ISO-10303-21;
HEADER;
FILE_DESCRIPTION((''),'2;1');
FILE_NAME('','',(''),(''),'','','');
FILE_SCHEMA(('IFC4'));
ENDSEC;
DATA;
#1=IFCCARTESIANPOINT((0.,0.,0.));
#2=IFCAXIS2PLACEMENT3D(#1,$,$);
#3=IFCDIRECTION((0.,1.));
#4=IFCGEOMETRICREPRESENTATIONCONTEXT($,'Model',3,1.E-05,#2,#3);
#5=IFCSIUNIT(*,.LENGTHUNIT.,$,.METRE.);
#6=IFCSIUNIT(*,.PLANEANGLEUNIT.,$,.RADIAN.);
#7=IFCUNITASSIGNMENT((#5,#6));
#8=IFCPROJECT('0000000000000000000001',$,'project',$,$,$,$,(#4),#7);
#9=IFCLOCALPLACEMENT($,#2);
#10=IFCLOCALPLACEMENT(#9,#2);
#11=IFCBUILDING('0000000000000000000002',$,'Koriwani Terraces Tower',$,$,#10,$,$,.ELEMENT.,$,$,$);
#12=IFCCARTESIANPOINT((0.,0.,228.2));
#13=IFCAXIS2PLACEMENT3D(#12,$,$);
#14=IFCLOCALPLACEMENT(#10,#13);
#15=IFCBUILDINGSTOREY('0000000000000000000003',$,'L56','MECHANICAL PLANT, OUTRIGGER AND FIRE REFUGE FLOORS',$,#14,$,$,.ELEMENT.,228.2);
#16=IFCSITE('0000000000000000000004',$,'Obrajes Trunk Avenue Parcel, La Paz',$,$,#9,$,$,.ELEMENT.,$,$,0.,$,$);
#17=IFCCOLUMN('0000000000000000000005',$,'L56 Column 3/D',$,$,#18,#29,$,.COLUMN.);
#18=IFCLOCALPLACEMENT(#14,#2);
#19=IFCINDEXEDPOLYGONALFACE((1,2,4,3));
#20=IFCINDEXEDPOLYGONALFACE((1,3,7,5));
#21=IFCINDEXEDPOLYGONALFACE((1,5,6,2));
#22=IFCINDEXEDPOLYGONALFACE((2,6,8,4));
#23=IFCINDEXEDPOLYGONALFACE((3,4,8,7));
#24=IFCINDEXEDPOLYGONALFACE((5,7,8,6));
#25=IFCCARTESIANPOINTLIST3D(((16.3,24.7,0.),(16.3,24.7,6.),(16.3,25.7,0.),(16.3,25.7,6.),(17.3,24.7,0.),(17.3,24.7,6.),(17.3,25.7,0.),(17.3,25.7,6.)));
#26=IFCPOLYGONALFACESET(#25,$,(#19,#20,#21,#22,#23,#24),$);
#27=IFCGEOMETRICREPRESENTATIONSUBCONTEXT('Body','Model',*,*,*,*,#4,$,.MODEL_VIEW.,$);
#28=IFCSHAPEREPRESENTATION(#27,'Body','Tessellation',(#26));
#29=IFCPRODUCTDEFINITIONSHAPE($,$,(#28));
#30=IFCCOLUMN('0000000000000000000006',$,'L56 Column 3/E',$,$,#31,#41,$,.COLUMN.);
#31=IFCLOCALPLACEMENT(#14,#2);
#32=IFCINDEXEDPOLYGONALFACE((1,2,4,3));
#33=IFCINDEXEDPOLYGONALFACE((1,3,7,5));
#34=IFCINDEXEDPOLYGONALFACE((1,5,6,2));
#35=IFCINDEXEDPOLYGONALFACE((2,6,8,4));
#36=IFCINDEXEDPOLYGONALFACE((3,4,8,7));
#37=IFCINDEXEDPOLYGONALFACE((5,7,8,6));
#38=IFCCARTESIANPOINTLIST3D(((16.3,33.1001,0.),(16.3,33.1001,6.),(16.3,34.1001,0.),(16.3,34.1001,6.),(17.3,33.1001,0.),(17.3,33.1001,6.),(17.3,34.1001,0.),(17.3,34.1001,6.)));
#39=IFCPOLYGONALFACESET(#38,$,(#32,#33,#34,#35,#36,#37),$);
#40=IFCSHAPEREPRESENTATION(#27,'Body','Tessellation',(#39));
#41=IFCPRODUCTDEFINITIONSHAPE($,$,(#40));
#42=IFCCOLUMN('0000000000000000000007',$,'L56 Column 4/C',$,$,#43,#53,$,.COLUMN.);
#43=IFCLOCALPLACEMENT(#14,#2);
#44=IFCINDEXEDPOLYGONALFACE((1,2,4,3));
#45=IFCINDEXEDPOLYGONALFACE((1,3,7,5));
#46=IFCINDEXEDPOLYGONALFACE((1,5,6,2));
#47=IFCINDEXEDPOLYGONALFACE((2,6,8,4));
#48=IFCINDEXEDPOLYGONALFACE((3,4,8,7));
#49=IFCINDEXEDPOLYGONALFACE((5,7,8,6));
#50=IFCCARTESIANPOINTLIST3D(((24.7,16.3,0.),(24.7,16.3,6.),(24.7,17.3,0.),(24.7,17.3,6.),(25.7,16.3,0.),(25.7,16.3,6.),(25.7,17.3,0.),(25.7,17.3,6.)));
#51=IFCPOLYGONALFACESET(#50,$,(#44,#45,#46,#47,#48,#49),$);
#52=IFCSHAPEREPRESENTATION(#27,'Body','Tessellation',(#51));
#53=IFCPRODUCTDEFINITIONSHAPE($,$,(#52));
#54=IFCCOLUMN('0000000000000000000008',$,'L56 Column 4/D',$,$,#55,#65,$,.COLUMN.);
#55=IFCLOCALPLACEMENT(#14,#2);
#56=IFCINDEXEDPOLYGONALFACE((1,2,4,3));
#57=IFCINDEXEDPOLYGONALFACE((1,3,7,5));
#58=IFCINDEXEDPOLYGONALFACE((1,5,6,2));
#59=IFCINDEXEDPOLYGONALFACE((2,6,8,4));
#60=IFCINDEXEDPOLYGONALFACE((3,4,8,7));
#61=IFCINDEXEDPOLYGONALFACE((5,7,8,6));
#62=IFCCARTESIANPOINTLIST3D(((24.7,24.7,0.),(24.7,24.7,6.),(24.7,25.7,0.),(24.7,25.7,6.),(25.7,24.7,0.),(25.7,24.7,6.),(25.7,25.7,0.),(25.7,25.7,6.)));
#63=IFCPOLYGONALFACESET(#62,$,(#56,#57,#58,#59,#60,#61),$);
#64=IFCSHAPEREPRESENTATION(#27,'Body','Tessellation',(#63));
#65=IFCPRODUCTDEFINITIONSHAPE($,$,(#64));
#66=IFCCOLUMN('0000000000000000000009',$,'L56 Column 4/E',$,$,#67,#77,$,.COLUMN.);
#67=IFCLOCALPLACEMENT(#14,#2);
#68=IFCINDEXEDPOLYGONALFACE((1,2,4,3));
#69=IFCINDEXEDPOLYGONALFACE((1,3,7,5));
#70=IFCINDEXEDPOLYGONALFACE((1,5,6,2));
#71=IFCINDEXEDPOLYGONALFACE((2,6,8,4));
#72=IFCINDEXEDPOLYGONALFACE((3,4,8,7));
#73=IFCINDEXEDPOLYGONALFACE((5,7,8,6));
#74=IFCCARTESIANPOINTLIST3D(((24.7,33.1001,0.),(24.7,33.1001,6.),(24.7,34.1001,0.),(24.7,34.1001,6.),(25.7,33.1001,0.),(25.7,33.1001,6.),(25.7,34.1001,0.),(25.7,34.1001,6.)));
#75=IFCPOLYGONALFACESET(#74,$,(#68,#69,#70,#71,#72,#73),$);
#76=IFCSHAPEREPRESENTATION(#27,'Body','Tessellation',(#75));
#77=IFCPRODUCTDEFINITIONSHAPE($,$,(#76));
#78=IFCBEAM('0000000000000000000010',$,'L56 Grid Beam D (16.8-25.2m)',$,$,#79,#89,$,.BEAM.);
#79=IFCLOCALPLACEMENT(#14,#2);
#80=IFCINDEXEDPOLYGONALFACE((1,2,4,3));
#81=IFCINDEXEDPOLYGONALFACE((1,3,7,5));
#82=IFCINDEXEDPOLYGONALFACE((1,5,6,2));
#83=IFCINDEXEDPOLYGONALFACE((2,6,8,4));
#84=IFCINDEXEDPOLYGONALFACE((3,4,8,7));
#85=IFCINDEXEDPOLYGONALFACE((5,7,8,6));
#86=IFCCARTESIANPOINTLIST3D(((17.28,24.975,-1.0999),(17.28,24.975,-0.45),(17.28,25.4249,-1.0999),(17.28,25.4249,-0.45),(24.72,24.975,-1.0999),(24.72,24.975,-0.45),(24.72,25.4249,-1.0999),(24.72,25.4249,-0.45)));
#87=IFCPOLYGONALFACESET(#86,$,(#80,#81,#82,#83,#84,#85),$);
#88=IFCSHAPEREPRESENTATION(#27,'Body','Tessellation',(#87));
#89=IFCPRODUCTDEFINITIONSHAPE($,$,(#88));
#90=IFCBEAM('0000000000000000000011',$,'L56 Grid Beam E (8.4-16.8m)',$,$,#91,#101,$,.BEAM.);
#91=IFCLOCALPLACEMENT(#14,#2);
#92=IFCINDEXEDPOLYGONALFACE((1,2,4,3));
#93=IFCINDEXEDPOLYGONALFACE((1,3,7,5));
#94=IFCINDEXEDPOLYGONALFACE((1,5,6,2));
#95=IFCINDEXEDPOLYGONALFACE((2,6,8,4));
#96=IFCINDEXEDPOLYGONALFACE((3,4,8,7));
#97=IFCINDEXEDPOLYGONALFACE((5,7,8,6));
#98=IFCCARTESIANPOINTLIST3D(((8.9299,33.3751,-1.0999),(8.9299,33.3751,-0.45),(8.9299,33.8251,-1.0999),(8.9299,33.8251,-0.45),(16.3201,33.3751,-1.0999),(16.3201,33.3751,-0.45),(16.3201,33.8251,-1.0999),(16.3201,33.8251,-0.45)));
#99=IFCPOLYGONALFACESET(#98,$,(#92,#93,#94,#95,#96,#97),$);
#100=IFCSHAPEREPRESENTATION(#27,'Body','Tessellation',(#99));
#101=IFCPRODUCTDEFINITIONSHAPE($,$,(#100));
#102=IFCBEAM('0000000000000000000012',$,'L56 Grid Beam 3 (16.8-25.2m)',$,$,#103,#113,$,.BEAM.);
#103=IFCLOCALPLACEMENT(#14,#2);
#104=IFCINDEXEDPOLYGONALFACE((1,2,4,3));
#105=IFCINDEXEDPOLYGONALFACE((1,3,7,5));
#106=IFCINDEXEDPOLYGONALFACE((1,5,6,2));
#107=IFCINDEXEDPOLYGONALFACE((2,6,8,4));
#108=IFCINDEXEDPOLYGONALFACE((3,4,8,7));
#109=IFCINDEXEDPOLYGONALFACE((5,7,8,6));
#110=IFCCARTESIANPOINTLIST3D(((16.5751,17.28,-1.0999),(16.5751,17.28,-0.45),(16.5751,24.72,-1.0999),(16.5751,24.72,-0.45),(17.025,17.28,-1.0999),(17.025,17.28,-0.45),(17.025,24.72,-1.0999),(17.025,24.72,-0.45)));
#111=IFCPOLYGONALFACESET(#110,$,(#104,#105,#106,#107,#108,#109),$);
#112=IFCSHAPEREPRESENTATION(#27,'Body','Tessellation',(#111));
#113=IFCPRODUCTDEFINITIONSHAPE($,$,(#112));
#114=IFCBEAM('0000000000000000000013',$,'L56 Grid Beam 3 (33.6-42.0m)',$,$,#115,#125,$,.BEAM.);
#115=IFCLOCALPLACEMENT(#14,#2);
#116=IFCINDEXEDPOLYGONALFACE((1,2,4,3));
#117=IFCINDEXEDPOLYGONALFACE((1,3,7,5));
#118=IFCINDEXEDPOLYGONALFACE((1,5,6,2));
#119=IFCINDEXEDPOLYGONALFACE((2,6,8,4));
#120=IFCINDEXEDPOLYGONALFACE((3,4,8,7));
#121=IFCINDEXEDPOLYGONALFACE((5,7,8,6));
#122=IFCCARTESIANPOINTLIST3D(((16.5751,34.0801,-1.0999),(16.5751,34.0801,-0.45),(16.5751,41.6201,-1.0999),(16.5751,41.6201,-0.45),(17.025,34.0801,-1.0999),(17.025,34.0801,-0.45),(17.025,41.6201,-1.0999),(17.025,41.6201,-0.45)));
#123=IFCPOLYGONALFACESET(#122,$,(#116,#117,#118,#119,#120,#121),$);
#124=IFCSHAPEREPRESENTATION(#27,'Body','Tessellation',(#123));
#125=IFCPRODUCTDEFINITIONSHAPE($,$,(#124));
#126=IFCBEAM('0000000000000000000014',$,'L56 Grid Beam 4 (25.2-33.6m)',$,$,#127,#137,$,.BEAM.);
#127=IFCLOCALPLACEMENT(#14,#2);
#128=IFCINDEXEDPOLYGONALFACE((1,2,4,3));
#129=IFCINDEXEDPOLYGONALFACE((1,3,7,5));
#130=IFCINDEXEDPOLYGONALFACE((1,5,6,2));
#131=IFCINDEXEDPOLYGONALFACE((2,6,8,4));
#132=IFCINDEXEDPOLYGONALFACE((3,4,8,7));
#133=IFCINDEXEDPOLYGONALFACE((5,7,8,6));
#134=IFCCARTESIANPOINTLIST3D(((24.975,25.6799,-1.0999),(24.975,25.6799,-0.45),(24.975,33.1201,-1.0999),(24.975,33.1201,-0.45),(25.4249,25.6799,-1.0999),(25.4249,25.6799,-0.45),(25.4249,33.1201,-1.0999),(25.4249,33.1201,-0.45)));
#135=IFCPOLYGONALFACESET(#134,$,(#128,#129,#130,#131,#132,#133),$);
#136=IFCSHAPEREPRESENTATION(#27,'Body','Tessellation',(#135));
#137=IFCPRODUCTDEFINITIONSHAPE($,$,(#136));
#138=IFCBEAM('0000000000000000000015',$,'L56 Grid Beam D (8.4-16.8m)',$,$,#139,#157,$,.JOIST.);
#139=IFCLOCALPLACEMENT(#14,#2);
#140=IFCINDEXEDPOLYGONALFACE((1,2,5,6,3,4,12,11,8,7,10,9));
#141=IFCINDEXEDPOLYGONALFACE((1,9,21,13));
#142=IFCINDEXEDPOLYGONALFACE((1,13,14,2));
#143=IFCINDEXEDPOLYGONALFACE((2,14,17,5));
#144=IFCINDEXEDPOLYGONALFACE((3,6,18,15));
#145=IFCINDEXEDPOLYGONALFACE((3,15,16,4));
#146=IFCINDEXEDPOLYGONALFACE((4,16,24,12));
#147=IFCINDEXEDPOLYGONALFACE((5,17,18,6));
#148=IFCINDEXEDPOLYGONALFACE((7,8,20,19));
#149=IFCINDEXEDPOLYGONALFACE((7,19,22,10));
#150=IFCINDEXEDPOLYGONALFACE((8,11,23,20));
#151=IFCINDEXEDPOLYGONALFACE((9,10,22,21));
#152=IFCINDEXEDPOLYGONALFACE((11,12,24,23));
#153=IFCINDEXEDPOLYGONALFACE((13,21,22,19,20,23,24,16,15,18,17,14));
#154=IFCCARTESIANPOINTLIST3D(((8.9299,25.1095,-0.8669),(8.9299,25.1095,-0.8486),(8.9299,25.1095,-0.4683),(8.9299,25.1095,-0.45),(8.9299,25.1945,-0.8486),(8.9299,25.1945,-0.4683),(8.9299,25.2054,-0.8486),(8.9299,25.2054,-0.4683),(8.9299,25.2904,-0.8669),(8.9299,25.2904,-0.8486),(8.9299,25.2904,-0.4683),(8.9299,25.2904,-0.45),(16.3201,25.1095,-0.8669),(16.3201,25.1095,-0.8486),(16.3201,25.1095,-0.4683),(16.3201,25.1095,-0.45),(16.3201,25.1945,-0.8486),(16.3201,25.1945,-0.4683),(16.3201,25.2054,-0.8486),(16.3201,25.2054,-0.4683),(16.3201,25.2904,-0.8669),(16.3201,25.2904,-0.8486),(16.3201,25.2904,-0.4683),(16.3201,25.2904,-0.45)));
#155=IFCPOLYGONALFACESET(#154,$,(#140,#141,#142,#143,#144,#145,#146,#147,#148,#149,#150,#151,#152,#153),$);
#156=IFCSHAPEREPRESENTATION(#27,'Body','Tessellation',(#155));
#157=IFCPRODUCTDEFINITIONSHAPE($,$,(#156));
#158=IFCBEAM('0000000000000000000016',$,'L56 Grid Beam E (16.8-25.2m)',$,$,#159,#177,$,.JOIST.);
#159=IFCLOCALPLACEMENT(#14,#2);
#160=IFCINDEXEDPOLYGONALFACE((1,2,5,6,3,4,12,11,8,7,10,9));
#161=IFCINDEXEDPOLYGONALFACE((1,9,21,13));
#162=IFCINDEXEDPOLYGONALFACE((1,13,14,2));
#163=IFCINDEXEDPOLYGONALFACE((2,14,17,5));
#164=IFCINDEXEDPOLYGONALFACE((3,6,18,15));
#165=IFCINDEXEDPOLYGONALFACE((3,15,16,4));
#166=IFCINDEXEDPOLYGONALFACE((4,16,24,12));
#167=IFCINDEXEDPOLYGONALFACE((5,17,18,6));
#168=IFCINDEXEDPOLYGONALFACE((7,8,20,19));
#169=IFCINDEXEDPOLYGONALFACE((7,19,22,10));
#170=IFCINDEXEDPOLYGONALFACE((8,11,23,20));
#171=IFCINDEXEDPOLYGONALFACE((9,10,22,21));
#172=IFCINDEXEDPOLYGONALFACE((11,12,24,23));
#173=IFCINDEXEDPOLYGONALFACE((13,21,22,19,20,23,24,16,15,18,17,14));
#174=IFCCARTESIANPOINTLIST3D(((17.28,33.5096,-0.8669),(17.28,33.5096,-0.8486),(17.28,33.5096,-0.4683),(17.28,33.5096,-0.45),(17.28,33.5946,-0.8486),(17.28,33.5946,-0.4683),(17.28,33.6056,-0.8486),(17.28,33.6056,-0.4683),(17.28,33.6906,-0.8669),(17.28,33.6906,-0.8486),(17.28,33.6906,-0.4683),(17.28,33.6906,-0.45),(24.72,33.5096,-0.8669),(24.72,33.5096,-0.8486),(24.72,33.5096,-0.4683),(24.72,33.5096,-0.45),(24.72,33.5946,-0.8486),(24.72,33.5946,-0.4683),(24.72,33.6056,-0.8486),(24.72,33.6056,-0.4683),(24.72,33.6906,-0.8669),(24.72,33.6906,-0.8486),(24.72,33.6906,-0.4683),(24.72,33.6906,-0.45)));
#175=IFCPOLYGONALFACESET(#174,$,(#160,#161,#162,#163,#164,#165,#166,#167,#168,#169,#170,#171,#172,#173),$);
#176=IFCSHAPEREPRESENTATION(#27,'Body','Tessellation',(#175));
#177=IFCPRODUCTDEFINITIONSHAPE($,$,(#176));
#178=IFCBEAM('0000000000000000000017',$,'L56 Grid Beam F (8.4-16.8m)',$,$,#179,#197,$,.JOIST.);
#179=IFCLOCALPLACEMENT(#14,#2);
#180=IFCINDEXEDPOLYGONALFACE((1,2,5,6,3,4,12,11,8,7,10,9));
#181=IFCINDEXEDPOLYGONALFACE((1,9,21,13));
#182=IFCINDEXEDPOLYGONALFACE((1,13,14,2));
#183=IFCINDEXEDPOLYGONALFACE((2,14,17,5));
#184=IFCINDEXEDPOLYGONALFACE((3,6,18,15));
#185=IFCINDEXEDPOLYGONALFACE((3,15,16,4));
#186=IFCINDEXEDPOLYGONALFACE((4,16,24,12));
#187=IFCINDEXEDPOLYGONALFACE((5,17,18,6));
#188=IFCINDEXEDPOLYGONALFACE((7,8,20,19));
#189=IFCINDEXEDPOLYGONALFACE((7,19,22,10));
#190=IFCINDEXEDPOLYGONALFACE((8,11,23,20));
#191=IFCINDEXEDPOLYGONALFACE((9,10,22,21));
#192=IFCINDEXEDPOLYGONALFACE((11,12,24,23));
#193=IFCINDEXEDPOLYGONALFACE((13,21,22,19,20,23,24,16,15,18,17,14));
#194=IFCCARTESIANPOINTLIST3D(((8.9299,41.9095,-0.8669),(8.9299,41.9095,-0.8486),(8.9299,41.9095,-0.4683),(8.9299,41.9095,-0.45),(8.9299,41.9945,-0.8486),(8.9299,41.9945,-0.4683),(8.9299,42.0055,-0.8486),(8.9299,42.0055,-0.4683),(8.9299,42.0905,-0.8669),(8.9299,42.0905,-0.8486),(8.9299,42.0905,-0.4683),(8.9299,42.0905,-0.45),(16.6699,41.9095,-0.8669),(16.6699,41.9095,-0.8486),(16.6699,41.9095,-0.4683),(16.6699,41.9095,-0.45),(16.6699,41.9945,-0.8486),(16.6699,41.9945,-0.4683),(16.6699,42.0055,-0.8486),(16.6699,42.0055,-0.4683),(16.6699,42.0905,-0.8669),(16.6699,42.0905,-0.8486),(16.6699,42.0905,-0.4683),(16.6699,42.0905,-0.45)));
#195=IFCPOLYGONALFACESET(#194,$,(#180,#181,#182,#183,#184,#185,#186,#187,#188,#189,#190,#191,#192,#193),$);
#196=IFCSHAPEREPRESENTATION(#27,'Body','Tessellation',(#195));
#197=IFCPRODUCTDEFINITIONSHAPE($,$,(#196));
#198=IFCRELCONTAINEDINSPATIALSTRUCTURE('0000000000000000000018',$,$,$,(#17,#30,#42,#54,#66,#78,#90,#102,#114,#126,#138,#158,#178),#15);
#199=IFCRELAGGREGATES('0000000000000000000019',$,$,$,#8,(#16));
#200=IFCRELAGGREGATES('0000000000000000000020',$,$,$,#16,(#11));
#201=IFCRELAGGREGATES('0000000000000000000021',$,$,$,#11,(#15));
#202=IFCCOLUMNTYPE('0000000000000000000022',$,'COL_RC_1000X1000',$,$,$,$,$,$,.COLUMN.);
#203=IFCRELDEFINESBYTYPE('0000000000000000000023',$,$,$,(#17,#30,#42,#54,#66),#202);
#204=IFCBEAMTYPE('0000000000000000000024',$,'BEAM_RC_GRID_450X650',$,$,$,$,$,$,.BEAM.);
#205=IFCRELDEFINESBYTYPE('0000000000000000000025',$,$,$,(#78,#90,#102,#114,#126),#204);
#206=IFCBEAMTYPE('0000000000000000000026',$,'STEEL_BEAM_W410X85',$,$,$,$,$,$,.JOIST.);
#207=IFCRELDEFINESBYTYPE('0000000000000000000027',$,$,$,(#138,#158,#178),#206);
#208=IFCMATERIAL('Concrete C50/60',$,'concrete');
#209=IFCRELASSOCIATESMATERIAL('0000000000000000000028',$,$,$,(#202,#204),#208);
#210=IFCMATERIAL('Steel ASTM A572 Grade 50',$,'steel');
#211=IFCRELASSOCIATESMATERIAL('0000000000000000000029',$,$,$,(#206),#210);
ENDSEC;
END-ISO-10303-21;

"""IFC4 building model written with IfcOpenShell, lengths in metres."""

from ifc_helpers import new_model, si_unit, direction, frame, origin, origin_2d, place, context, subcontext, project, spatial, rectangle, i_section, extrude, material, material_profile, profile_set, type_object, element, save


model = new_model("IFC4")

# Units and contexts
model_context = context("Model", 3, precision=1e-05, world=origin(), true_north=direction((0.0, 1.0)))
body_context = subcontext(model_context, "Body", "Model", "MODEL_VIEW")
ifc_project = project(units=[si_unit("LENGTHUNIT", "METRE"), si_unit("PLANEANGLEUNIT", "RADIAN")], contexts=[model_context])

# Site, building, storey
site_placement = place(None, origin())
site = spatial("IfcSite", under=ifc_project, at=site_placement, Name="Obrajes Trunk Avenue Parcel, La Paz", CompositionType="ELEMENT", RefElevation=0.0)
building_placement = place(site_placement, origin())
building = spatial("IfcBuilding", under=site, at=building_placement, Name="Koriwani Terraces Tower", CompositionType="ELEMENT")
storey_placement = place(building_placement, frame((0.0, 0.0, 228.2)))
storey = spatial("IfcBuildingStorey", under=building, at=storey_placement, Name="L56", Description="MECHANICAL PLANT, OUTRIGGER AND FIRE REFUGE FLOORS", CompositionType="ELEMENT", Elevation=228.2)

# Columns
ifc_material_1 = material(Name="Concrete C50/60", Category="concrete")
ifc_material_profile_1 = material_profile(ifc_material_1, rectangle(XDim=1.0, YDim=1.0, at=origin_2d()), Name="Concrete C50/60", Category="LoadBearing")
ifc_profile_set_1 = profile_set([ifc_material_profile_1], Name="Concrete C50/60")
column_type = type_object("IfcColumnType", Name="COL_RC_1000X1000", PredefinedType="COLUMN", material=ifc_profile_set_1)
for number, where, z_axis, x_axis, name in (
    (1, (16.8, 25.2, 0.0), (0.0, 0.0, 1.0), (1.0, 0.0, 0.0), "L56 Column 3/D"),
    (2, (16.8, 33.6001, 0.0), (0.0, 0.0, 1.0), (1.0, 0.0, 0.0), "L56 Column 3/E"),
    (3, (25.2, 16.8, 0.0), (0.0, 0.0, 1.0), (1.0, 0.0, 0.0), "L56 Column 4/C"),
    (4, (25.2, 25.2, 0.0), (0.0, 0.0, 1.0), (1.0, 0.0, 0.0), "L56 Column 4/D"),
    (5, (25.2, 33.6001, 0.0), (0.0, 0.0, 1.0), (1.0, 0.0, 0.0), "L56 Column 4/E"),
):
    element("IfcColumn", number, at=place(storey_placement, frame(where, z_axis=z_axis, x_axis=x_axis)), inside=storey, type_object=column_type, Name=name, PredefinedType="COLUMN", context=body_context, shape_type="SweptSolid", body=[
        extrude(rectangle(XDim=1.0, YDim=1.0, at=origin_2d()), origin(), (0.0, 0.0, 1.0), 6.0),
    ])

# Beams
ifc_material_profile_2 = material_profile(ifc_material_1, rectangle(XDim=0.45, YDim=0.6499, at=origin_2d()), Name="Concrete C50/60", Category="LoadBearing")
ifc_profile_set_2 = profile_set([ifc_material_profile_2], Name="Concrete C50/60")
beam_type_1 = type_object("IfcBeamType", Name="BEAM_RC_GRID_450X650", PredefinedType="BEAM", material=ifc_profile_set_2)
beam_1_placement = place(storey_placement, frame((17.28, 25.2, -0.7749), z_axis=(1.0, 0.0, 0.0), x_axis=(0.0, 1.0, 0.0)))
element("IfcBeam", 6, at=beam_1_placement, inside=storey, type_object=beam_type_1, Name="L56 Grid Beam D (16.8-25.2m)", PredefinedType="BEAM", context=body_context, shape_type="SweptSolid", body=[
    extrude(rectangle(XDim=0.45, YDim=0.6499, at=origin_2d()), origin(), (0.0, 0.0, 1.0), 7.4399),
])
beam_2_placement = place(storey_placement, frame((8.9299, 33.6001, -0.7749), z_axis=(1.0, 0.0, 0.0), x_axis=(0.0, 1.0, 0.0)))
element("IfcBeam", 7, at=beam_2_placement, inside=storey, type_object=beam_type_1, Name="L56 Grid Beam E (8.4-16.8m)", PredefinedType="BEAM", context=body_context, shape_type="SweptSolid", body=[
    extrude(rectangle(XDim=0.45, YDim=0.6499, at=origin_2d()), origin(), (0.0, 0.0, 1.0), 7.3901),
])
beam_3_placement = place(storey_placement, frame((16.8, 17.28, -0.7749), z_axis=(0.0, 1.0, 0.0), x_axis=(-1.0, 0.0, 0.0)))
element("IfcBeam", 8, at=beam_3_placement, inside=storey, type_object=beam_type_1, Name="L56 Grid Beam 3 (16.8-25.2m)", PredefinedType="BEAM", context=body_context, shape_type="SweptSolid", body=[
    extrude(rectangle(XDim=0.45, YDim=0.6499, at=origin_2d()), origin(), (0.0, 0.0, 1.0), 7.4399),
])
beam_4_placement = place(storey_placement, frame((16.8, 34.0801, -0.7749), z_axis=(0.0, 1.0, 0.0), x_axis=(-1.0, 0.0, 0.0)))
element("IfcBeam", 9, at=beam_4_placement, inside=storey, type_object=beam_type_1, Name="L56 Grid Beam 3 (33.6-42.0m)", PredefinedType="BEAM", context=body_context, shape_type="SweptSolid", body=[
    extrude(rectangle(XDim=0.45, YDim=0.6499, at=origin_2d()), origin(), (0.0, 0.0, 1.0), 7.54),
])
beam_5_placement = place(storey_placement, frame((25.2, 25.6799, -0.7749), z_axis=(0.0, 1.0, 0.0), x_axis=(-1.0, 0.0, 0.0)))
element("IfcBeam", 10, at=beam_5_placement, inside=storey, type_object=beam_type_1, Name="L56 Grid Beam 4 (25.2-33.6m)", PredefinedType="BEAM", context=body_context, shape_type="SweptSolid", body=[
    extrude(rectangle(XDim=0.45, YDim=0.6499, at=origin_2d()), origin(), (0.0, 0.0, 1.0), 7.4402),
])
ifc_material_2 = material(Name="Steel ASTM A572 Grade 50", Category="steel")
ifc_material_profile_3 = material_profile(ifc_material_2, i_section(OverallWidth=0.1809, OverallDepth=0.417, WebThickness=0.011, FlangeThickness=0.0183, at=origin_2d()), Name="Steel ASTM A572 Grade 50", Category="LoadBearing")
ifc_profile_set_3 = profile_set([ifc_material_profile_3], Name="Steel ASTM A572 Grade 50")
beam_type_2 = type_object("IfcBeamType", Name="STEEL_BEAM_W410X85", PredefinedType="JOIST", material=ifc_profile_set_3)
beam_6_placement = place(storey_placement, frame((8.9299, 25.2, -0.6584), z_axis=(1.0, 0.0, 0.0), x_axis=(0.0, 1.0, 0.0)))
element("IfcBeam", 11, at=beam_6_placement, inside=storey, type_object=beam_type_2, Name="L56 Grid Beam D (8.4-16.8m)", PredefinedType="JOIST", context=body_context, shape_type="SweptSolid", body=[
    extrude(i_section(OverallWidth=0.1809, OverallDepth=0.417, WebThickness=0.011, FlangeThickness=0.0183, at=origin_2d()), origin(), (0.0, 0.0, 1.0), 7.3901),
])
beam_7_placement = place(storey_placement, frame((17.28, 33.6001, -0.6584), z_axis=(1.0, 0.0, 0.0), x_axis=(0.0, 1.0, 0.0)))
element("IfcBeam", 12, at=beam_7_placement, inside=storey, type_object=beam_type_2, Name="L56 Grid Beam E (16.8-25.2m)", PredefinedType="JOIST", context=body_context, shape_type="SweptSolid", body=[
    extrude(i_section(OverallWidth=0.1809, OverallDepth=0.417, WebThickness=0.011, FlangeThickness=0.0183, at=origin_2d()), origin(), (0.0, 0.0, 1.0), 7.4399),
])
beam_8_placement = place(storey_placement, frame((8.9299, 42.0, -0.6584), z_axis=(1.0, 0.0, 0.0), x_axis=(0.0, 1.0, 0.0)))
element("IfcBeam", 13, at=beam_8_placement, inside=storey, type_object=beam_type_2, Name="L56 Grid Beam F (8.4-16.8m)", PredefinedType="JOIST", context=body_context, shape_type="SweptSolid", body=[
    extrude(i_section(OverallWidth=0.1809, OverallDepth=0.417, WebThickness=0.011, FlangeThickness=0.0183, at=origin_2d()), origin(), (0.0, 0.0, 1.0), 7.74),
])

save(model, "model.ifc")
